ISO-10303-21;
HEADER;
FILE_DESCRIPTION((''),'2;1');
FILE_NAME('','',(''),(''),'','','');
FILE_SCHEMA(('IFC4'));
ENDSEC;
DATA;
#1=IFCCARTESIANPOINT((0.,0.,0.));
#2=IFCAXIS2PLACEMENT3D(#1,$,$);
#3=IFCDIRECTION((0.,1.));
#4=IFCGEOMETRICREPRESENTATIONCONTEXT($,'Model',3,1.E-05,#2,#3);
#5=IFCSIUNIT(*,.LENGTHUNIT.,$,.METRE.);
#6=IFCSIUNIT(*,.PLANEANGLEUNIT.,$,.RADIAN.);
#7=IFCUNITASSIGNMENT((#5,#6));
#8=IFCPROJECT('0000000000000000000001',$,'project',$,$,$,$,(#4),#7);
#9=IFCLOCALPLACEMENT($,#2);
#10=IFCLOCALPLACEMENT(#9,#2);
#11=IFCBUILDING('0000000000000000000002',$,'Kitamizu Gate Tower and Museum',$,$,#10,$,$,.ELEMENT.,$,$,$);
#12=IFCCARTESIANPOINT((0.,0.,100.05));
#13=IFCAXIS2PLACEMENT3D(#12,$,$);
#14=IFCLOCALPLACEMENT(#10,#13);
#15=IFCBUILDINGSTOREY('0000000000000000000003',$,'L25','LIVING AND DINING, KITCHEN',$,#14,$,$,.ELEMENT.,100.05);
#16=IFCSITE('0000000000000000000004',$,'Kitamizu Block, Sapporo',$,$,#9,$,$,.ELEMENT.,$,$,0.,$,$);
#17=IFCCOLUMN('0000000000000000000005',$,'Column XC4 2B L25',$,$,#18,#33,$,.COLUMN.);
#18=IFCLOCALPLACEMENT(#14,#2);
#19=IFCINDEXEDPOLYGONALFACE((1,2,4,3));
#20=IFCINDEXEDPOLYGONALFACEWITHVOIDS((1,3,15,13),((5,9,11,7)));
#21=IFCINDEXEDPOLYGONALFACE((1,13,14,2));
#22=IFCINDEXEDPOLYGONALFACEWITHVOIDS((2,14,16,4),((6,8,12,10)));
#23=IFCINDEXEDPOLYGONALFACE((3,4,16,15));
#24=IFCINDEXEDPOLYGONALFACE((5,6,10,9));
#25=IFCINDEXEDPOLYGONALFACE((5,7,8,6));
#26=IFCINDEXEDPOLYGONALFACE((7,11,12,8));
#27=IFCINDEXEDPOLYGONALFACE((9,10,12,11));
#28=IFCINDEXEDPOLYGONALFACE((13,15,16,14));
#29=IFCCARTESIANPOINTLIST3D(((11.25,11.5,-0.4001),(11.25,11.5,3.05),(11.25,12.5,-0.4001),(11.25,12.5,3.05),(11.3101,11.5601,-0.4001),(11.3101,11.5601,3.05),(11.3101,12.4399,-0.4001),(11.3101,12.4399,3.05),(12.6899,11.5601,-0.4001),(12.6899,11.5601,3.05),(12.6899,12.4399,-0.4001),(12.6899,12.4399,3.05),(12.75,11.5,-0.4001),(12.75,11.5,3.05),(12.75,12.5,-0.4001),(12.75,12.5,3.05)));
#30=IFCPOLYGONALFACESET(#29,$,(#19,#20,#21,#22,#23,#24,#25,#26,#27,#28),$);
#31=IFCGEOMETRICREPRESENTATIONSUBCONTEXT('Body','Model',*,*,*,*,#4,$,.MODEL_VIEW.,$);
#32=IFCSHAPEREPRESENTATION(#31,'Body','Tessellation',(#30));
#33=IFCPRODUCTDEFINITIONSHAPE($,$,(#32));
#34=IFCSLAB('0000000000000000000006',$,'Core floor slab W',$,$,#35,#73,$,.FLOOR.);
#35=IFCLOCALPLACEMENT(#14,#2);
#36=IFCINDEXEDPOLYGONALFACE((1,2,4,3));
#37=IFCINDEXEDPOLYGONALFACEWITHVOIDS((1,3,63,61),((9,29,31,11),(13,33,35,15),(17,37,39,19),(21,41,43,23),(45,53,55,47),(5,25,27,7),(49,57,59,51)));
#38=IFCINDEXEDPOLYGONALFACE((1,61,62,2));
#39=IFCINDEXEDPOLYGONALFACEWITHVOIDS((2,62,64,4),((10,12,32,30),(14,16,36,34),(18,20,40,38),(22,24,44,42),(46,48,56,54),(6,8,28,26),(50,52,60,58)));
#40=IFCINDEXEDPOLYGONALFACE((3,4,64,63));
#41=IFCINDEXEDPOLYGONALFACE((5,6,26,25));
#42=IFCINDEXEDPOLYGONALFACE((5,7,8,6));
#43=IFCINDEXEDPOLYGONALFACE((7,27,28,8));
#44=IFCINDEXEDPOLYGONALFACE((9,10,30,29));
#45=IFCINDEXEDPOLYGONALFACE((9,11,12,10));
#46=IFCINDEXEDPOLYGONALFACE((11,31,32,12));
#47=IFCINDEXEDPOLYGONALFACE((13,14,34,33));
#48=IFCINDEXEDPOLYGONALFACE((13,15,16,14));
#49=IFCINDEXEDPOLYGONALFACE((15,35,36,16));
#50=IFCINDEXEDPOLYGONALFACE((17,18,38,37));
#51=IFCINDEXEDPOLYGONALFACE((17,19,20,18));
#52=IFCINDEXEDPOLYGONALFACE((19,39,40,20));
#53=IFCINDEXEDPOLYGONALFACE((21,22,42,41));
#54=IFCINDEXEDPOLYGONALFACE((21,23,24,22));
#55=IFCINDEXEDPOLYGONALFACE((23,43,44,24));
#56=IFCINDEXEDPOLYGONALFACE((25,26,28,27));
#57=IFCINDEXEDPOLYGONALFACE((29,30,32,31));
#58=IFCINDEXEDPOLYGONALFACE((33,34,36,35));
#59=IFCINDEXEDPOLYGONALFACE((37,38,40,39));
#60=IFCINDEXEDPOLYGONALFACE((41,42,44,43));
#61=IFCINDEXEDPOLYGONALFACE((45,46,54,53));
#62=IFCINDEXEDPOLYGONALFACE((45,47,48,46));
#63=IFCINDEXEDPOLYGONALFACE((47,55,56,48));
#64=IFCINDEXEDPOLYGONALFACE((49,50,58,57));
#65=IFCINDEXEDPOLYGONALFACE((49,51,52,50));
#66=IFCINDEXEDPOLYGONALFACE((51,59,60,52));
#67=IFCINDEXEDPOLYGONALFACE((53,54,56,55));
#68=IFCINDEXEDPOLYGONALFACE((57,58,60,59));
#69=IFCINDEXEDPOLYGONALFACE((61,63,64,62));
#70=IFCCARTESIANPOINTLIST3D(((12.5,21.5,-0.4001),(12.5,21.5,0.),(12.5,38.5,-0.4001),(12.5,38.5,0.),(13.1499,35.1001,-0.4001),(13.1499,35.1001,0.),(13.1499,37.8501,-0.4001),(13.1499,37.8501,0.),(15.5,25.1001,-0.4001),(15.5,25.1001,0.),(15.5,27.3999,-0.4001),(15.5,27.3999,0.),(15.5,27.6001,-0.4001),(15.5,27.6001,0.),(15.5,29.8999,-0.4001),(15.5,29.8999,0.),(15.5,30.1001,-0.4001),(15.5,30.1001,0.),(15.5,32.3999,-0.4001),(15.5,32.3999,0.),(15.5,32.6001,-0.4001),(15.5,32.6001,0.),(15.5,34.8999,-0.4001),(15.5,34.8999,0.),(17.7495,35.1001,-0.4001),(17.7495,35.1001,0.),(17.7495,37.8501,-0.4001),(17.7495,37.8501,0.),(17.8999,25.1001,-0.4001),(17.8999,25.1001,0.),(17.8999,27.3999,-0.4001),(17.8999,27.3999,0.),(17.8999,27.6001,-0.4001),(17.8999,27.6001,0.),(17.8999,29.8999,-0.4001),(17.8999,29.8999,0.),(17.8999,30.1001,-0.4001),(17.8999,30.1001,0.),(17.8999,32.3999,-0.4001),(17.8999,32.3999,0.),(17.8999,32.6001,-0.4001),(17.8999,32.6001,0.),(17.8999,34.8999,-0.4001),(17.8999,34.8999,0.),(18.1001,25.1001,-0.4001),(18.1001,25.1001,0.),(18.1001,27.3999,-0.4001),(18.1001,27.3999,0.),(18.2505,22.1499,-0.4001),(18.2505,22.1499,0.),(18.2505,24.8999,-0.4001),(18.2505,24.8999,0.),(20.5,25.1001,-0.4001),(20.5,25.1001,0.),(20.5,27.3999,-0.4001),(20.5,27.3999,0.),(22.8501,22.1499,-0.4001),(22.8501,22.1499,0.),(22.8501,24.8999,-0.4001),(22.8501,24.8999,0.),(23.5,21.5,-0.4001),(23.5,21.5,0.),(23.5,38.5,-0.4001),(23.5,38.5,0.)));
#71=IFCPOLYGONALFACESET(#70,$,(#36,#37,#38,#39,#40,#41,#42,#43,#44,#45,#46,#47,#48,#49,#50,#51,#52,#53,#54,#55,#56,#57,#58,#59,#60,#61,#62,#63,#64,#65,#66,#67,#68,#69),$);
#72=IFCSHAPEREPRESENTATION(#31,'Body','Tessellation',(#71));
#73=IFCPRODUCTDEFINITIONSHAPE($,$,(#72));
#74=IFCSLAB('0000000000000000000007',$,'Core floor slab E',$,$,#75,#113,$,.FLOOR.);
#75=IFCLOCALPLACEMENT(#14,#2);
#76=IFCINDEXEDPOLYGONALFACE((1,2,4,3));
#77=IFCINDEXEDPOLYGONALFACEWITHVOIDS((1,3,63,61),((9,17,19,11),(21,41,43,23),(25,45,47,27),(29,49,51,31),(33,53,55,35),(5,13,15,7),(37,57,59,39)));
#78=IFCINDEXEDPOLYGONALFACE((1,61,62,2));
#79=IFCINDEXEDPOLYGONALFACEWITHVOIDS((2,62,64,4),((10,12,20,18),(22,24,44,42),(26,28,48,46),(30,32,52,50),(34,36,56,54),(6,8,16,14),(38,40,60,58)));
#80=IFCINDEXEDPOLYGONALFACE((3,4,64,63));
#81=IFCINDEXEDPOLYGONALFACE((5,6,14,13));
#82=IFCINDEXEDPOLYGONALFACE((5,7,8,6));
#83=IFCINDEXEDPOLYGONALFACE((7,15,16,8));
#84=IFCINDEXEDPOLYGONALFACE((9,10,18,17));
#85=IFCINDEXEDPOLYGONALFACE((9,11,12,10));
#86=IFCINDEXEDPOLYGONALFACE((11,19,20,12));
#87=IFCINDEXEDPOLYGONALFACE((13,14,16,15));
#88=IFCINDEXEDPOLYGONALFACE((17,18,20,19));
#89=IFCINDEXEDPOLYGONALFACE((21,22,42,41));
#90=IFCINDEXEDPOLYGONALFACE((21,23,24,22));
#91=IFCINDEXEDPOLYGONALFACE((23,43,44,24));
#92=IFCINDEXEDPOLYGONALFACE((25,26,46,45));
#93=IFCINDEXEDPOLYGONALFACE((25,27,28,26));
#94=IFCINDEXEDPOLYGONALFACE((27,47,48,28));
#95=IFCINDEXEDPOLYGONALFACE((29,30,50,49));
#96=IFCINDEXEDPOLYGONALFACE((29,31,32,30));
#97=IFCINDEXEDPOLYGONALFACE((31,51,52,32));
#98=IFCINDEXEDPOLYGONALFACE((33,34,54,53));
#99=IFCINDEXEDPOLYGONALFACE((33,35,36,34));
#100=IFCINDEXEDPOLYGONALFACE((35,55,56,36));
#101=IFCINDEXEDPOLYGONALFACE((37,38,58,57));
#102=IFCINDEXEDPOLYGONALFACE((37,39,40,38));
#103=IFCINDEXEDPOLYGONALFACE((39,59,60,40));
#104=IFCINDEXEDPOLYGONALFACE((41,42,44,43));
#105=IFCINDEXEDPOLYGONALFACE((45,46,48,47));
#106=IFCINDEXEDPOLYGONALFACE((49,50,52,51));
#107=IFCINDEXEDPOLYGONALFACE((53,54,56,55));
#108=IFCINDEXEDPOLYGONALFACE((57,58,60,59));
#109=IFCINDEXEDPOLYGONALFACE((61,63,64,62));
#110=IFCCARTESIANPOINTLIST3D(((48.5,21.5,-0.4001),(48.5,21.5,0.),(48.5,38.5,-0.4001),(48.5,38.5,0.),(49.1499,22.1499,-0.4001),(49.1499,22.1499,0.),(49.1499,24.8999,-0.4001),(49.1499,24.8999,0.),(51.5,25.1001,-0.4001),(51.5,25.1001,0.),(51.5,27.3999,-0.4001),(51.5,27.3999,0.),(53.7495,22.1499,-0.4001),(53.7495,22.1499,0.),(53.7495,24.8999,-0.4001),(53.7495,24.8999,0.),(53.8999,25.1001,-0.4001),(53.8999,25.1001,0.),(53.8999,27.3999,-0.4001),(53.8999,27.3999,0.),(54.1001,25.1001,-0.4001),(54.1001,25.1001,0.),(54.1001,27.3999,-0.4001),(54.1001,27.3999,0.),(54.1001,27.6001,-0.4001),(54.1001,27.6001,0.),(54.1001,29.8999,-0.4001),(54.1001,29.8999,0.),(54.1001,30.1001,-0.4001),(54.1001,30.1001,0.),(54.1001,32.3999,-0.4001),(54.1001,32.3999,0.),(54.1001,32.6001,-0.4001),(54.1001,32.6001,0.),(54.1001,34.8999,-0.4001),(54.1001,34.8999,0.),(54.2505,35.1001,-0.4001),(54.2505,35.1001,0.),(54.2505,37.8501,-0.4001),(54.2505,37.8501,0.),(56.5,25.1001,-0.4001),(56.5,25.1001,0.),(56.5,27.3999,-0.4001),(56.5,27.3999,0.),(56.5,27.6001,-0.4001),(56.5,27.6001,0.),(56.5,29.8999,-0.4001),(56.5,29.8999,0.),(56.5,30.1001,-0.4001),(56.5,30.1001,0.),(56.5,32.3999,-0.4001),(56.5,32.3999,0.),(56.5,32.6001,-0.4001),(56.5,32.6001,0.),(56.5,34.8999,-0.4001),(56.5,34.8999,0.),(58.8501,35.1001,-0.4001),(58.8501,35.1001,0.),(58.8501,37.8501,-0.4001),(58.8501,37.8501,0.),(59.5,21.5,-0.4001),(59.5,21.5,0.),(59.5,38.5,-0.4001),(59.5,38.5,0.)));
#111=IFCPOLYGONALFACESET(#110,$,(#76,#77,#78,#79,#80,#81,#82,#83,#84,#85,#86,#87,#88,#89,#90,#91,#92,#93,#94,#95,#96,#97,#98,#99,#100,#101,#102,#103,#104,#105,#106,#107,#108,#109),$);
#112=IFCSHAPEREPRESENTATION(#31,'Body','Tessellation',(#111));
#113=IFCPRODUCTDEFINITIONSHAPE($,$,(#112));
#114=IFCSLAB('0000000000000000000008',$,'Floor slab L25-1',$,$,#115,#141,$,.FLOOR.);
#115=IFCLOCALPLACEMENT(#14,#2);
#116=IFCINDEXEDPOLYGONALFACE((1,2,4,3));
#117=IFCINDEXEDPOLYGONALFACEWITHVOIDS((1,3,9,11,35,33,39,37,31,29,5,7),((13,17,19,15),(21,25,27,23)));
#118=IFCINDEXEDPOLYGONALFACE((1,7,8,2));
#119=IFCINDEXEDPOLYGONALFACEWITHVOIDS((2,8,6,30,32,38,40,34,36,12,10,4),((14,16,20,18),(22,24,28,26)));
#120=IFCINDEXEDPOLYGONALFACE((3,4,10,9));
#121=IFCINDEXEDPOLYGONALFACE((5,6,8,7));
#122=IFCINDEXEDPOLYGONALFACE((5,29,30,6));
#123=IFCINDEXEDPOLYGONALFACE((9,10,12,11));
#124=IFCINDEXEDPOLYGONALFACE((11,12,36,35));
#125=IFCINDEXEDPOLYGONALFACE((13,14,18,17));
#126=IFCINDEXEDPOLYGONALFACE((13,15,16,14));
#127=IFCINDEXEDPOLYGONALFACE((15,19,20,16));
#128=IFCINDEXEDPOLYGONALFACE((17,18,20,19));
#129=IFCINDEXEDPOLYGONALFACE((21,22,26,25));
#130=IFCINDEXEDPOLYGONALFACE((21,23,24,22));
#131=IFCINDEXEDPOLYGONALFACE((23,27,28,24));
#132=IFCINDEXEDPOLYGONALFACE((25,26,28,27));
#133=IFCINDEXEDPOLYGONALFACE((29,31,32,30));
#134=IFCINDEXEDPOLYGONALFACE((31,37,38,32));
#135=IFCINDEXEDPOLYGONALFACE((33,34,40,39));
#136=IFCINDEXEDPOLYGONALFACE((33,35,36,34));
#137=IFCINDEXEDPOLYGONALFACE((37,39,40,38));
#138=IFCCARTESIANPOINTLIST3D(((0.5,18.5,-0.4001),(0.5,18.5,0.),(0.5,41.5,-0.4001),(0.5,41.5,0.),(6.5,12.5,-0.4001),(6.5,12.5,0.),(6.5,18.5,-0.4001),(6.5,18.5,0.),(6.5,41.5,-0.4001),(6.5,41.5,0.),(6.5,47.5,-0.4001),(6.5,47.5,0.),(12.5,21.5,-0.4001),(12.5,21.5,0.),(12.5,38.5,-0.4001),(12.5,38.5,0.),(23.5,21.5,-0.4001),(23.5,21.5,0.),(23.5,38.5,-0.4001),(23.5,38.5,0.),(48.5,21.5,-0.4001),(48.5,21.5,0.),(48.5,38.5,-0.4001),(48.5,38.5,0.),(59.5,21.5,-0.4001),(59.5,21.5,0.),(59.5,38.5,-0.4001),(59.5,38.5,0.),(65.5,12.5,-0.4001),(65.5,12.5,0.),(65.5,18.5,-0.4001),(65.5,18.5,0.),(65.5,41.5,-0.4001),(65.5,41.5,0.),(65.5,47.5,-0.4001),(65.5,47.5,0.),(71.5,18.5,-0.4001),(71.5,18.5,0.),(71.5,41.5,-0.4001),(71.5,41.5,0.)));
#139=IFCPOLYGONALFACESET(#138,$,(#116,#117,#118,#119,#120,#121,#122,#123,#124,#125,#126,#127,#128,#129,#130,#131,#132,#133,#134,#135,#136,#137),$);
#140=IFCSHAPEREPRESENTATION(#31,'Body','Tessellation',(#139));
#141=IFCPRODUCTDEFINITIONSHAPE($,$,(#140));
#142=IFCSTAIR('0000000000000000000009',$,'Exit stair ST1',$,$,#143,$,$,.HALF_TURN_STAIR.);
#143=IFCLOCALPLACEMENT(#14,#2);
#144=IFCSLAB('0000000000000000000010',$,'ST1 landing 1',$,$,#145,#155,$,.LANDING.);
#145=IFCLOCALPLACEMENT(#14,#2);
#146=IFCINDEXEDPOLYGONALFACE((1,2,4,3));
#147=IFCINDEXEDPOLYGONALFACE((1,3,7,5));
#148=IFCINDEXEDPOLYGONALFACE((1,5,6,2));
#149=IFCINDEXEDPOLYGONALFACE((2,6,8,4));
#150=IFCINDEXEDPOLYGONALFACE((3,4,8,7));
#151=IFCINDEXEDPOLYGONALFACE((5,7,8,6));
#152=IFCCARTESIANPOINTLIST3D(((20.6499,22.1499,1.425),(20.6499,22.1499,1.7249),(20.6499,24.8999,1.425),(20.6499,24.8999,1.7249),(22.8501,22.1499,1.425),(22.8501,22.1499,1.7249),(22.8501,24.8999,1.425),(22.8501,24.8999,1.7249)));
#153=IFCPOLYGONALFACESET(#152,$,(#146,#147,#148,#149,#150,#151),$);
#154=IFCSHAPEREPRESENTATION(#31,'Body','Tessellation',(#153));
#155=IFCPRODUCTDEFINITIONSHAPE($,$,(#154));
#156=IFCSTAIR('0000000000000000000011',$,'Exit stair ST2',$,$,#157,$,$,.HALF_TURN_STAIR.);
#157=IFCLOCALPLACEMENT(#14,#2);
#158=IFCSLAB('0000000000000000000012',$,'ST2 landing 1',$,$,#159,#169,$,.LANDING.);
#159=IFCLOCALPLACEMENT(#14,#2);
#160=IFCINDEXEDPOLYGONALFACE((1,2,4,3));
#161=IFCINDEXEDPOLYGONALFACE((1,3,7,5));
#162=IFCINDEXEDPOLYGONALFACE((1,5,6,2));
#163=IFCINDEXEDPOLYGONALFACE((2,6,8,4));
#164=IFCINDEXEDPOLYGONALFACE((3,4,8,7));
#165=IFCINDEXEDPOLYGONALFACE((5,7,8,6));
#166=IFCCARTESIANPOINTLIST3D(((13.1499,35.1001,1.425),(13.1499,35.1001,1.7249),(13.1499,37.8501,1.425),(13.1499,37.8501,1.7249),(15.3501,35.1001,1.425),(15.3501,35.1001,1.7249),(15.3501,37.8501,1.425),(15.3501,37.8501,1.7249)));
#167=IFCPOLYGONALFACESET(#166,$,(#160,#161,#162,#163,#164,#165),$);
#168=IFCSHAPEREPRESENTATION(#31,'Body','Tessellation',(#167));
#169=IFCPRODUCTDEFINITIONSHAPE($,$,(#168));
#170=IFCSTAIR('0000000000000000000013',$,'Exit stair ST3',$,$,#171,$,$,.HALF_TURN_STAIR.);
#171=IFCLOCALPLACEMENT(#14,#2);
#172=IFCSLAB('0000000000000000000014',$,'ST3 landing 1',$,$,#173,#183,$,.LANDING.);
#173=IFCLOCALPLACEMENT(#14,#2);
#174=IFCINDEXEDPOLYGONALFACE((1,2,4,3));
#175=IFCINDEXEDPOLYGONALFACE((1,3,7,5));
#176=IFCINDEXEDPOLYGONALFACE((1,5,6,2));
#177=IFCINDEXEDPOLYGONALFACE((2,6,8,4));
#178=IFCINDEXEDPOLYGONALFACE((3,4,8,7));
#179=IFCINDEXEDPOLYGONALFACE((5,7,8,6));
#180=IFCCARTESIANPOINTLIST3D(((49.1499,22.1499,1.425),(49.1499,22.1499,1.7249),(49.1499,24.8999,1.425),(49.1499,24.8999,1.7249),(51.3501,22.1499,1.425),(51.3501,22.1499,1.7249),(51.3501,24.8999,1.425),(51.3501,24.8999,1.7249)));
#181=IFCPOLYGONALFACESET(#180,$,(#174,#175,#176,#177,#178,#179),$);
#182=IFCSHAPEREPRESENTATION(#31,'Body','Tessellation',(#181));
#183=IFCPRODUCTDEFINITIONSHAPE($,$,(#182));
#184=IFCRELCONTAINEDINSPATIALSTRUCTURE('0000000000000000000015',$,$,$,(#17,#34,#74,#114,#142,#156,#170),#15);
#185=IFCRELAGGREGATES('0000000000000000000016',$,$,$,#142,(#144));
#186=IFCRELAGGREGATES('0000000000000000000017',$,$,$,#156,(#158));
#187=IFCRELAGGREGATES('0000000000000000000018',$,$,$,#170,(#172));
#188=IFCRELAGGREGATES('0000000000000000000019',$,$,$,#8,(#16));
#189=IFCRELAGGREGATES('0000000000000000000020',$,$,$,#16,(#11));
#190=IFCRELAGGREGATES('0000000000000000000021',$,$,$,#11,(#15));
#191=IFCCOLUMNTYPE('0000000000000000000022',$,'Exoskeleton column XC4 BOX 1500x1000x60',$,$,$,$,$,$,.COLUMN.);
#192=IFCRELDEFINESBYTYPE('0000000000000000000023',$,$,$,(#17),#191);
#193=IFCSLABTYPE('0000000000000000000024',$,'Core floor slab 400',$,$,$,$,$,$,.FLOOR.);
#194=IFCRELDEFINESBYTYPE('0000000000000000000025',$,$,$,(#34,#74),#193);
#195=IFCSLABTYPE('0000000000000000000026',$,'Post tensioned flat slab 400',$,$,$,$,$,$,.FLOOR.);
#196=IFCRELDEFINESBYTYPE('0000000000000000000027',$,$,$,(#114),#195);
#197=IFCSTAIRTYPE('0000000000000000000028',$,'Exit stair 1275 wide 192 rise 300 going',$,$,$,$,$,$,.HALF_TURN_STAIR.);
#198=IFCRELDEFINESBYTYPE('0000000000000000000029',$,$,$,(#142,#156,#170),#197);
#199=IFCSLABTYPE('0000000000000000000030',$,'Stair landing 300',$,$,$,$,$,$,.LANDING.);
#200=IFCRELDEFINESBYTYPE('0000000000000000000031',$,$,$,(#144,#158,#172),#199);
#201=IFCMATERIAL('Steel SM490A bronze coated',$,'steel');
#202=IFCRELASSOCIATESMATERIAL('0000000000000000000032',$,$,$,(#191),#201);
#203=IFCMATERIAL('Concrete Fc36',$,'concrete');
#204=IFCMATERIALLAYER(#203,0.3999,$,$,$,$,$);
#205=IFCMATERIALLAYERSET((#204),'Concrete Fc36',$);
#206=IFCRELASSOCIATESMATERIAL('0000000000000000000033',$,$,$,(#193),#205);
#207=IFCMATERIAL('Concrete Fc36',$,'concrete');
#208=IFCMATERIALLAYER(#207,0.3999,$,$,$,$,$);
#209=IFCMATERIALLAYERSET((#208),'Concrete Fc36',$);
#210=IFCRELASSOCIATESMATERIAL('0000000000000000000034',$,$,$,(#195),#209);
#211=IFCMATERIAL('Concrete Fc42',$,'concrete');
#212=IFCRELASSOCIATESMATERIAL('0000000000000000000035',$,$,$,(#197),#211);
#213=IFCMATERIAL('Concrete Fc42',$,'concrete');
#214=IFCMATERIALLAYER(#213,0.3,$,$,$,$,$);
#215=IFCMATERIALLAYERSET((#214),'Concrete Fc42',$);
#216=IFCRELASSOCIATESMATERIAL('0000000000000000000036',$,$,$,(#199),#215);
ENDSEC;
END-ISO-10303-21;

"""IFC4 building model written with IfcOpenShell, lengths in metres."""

from ifc_helpers import new_model, si_unit, direction, frame, origin, origin_2d, place, context, subcontext, project, spatial, polyline, hollow_rectangle, outline, extrude, material, layer, layer_set, material_profile, profile_set, type_object, element, aggregate, save


model = new_model("IFC4")

# Units and contexts
model_context = context("Model", 3, precision=1e-05, world=origin(), true_north=direction((0.0, 1.0)))
body_context = subcontext(model_context, "Body", "Model", "MODEL_VIEW")
ifc_project = project(units=[si_unit("LENGTHUNIT", "METRE"), si_unit("PLANEANGLEUNIT", "RADIAN")], contexts=[model_context])

# Site, building, storey
site_placement = place(None, origin())
site = spatial("IfcSite", under=ifc_project, at=site_placement, Name="Kitamizu Block, Sapporo", CompositionType="ELEMENT", RefElevation=0.0)
building_placement = place(site_placement, origin())
building = spatial("IfcBuilding", under=site, at=building_placement, Name="Kitamizu Gate Tower and Museum", CompositionType="ELEMENT")
storey_placement = place(building_placement, frame((0.0, 0.0, 100.05)))
storey = spatial("IfcBuildingStorey", under=building, at=storey_placement, Name="L25", Description="LIVING AND DINING, KITCHEN", CompositionType="ELEMENT", Elevation=100.05)

# Column
ifc_material_1 = material(Name="Steel SM490A bronze coated", Category="steel")
ifc_material_profile = material_profile(ifc_material_1, hollow_rectangle(XDim=1.5, YDim=1.0, WallThickness=0.0601, at=origin_2d()), Name="BOX 1500x1000x60")
ifc_profile_set = profile_set([ifc_material_profile], Name="Steel SM490A bronze coated")
column_type = type_object("IfcColumnType", Name="Exoskeleton column XC4 BOX 1500x1000x60", PredefinedType="COLUMN", material=ifc_profile_set)
column_placement = place(storey_placement, frame((12.0, 12.0, -0.4001), z_axis=(0.0, 0.0, 1.0), x_axis=(1.0, 0.0, 0.0)))
element("IfcColumn", 1, at=column_placement, inside=storey, type_object=column_type, Name="Column XC4 2B L25", PredefinedType="COLUMN", context=body_context, shape_type="SweptSolid", body=[
    extrude(hollow_rectangle(XDim=1.5, YDim=1.0, WallThickness=0.0601, at=origin_2d()), origin(), (0.0, 0.0, 1.0), 3.4502),
])

# Slabs
ifc_material_2 = material(Name="Concrete Fc36", Category="concrete")
ifc_layer_1 = layer(ifc_material_2, 0.3999)
ifc_layer_set_1 = layer_set([ifc_layer_1], Name="Concrete Fc36")
slab_type_1 = type_object("IfcSlabType", Name="Core floor slab 400", PredefinedType="FLOOR", material=ifc_layer_set_1)
slab_1_placement = place(storey_placement, frame((0.0, 0.0, -0.4001)))
element("IfcSlab", 2, at=slab_1_placement, inside=storey, type_object=slab_type_1, Name="Core floor slab W", PredefinedType="FLOOR", context=body_context, shape_type="SweptSolid", body=[
    extrude(outline(polyline([(12.5, 21.5), (23.5, 21.5), (23.5, 38.5), (12.5, 38.5), (12.5, 21.5)]), holes=[polyline([(15.5, 25.1001), (17.8999, 25.1001), (17.8999, 27.3999), (15.5, 27.3999), (15.5, 25.1001)]), polyline([(15.5, 27.6001), (17.8999, 27.6001), (17.8999, 29.8999), (15.5, 29.8999), (15.5, 27.6001)]), polyline([(15.5, 30.1001), (17.8999, 30.1001), (17.8999, 32.3999), (15.5, 32.3999), (15.5, 30.1001)]), polyline([(15.5, 32.6001), (17.8999, 32.6001), (17.8999, 34.8999), (15.5, 34.8999), (15.5, 32.6001)]), polyline([(18.1001, 25.1001), (20.5, 25.1001), (20.5, 27.3999), (18.1001, 27.3999), (18.1001, 25.1001)]), polyline([(18.2505, 22.1499), (22.8501, 22.1499), (22.8501, 24.8999), (18.2505, 24.8999), (18.2505, 22.1499)]), polyline([(13.1499, 35.1001), (17.7495, 35.1001), (17.7495, 37.8501), (13.1499, 37.8501), (13.1499, 35.1001)])]), origin(), (0.0, 0.0, 1.0), 0.4001),
])
slab_2_placement = place(storey_placement, frame((0.0, 0.0, -0.4001)))
element("IfcSlab", 3, at=slab_2_placement, inside=storey, type_object=slab_type_1, Name="Core floor slab E", PredefinedType="FLOOR", context=body_context, shape_type="SweptSolid", body=[
    extrude(outline(polyline([(48.5, 21.5), (59.5, 21.5), (59.5, 38.5), (48.5, 38.5), (48.5, 21.5)]), holes=[polyline([(54.1001, 25.1001), (56.5, 25.1001), (56.5, 27.3999), (54.1001, 27.3999), (54.1001, 25.1001)]), polyline([(54.1001, 27.6001), (56.5, 27.6001), (56.5, 29.8999), (54.1001, 29.8999), (54.1001, 27.6001)]), polyline([(54.1001, 30.1001), (56.5, 30.1001), (56.5, 32.3999), (54.1001, 32.3999), (54.1001, 30.1001)]), polyline([(54.1001, 32.6001), (56.5, 32.6001), (56.5, 34.8999), (54.1001, 34.8999), (54.1001, 32.6001)]), polyline([(51.5, 25.1001), (53.8999, 25.1001), (53.8999, 27.3999), (51.5, 27.3999), (51.5, 25.1001)]), polyline([(49.1499, 22.1499), (53.7495, 22.1499), (53.7495, 24.8999), (49.1499, 24.8999), (49.1499, 22.1499)]), polyline([(54.2505, 35.1001), (58.8501, 35.1001), (58.8501, 37.8501), (54.2505, 37.8501), (54.2505, 35.1001)])]), origin(), (0.0, 0.0, 1.0), 0.4001),
])
ifc_material_3 = material(Name="Concrete Fc36", Category="concrete")
ifc_layer_2 = layer(ifc_material_3, 0.3999)
ifc_layer_set_2 = layer_set([ifc_layer_2], Name="Concrete Fc36")
slab_type_2 = type_object("IfcSlabType", Name="Post tensioned flat slab 400", PredefinedType="FLOOR", material=ifc_layer_set_2)
slab_3_placement = place(storey_placement, frame((0.0, 0.0, -0.4001)))
element("IfcSlab", 4, at=slab_3_placement, inside=storey, type_object=slab_type_2, Name="Floor slab L25-1", PredefinedType="FLOOR", context=body_context, shape_type="SweptSolid", body=[
    extrude(outline(polyline([(0.5, 18.5), (0.5, 41.5), (6.5, 41.5), (6.5, 47.5), (65.5, 47.5), (65.5, 41.5), (71.5, 41.5), (71.5, 18.5), (65.5, 18.5), (65.5, 12.5), (6.5, 12.5), (6.5, 18.5), (0.5, 18.5)]), holes=[polyline([(59.5, 38.5), (48.5, 38.5), (48.5, 21.5), (59.5, 21.5), (59.5, 38.5)]), polyline([(12.5, 38.5), (12.5, 21.5), (23.5, 21.5), (23.5, 38.5), (12.5, 38.5)])]), origin(), (0.0, 0.0, 1.0), 0.4001),
])

# Stairs, slabs
ifc_material_4 = material(Name="Concrete Fc42", Category="concrete")
stair_type = type_object("IfcStairType", Name="Exit stair 1275 wide 192 rise 300 going", PredefinedType="HALF_TURN_STAIR", material=ifc_material_4)
stair_1_placement = place(storey_placement, origin())
stair_1 = element("IfcStair", 5, at=stair_1_placement, inside=storey, type_object=stair_type, Name="Exit stair ST1", PredefinedType="HALF_TURN_STAIR")
ifc_material_5 = material(Name="Concrete Fc42", Category="concrete")
ifc_layer_3 = layer(ifc_material_5, 0.3)
ifc_layer_set_3 = layer_set([ifc_layer_3], Name="Concrete Fc42")
slab_type_3 = type_object("IfcSlabType", Name="Stair landing 300", PredefinedType="LANDING", material=ifc_layer_set_3)
slab_4_placement = place(storey_placement, frame((0.0, 0.0, 1.425)))
slab_4 = element("IfcSlab", 6, at=slab_4_placement, type_object=slab_type_3, Name="ST1 landing 1", PredefinedType="LANDING", context=body_context, shape_type="SweptSolid", body=[
    extrude(outline(polyline([(20.6499, 22.1499), (22.8501, 22.1499), (22.8501, 24.8999), (20.6499, 24.8999), (20.6499, 22.1499)])), origin(), (0.0, 0.0, 1.0), 0.2998),
])
aggregate(stair_1, [slab_4])
stair_2_placement = place(storey_placement, origin())
stair_2 = element("IfcStair", 7, at=stair_2_placement, inside=storey, type_object=stair_type, Name="Exit stair ST2", PredefinedType="HALF_TURN_STAIR")
slab_5_placement = place(storey_placement, frame((0.0, 0.0, 1.425)))
slab_5 = element("IfcSlab", 8, at=slab_5_placement, type_object=slab_type_3, Name="ST2 landing 1", PredefinedType="LANDING", context=body_context, shape_type="SweptSolid", body=[
    extrude(outline(polyline([(13.1499, 35.1001), (15.3501, 35.1001), (15.3501, 37.8501), (13.1499, 37.8501), (13.1499, 35.1001)])), origin(), (0.0, 0.0, 1.0), 0.2998),
])
aggregate(stair_2, [slab_5])
stair_3_placement = place(storey_placement, origin())
stair_3 = element("IfcStair", 9, at=stair_3_placement, inside=storey, type_object=stair_type, Name="Exit stair ST3", PredefinedType="HALF_TURN_STAIR")
slab_6_placement = place(storey_placement, frame((0.0, 0.0, 1.425)))
slab_6 = element("IfcSlab", 10, at=slab_6_placement, type_object=slab_type_3, Name="ST3 landing 1", PredefinedType="LANDING", context=body_context, shape_type="SweptSolid", body=[
    extrude(outline(polyline([(49.1499, 22.1499), (51.3501, 22.1499), (51.3501, 24.8999), (49.1499, 24.8999), (49.1499, 22.1499)])), origin(), (0.0, 0.0, 1.0), 0.2998),
])
aggregate(stair_3, [slab_6])

save(model, "model.ifc")
